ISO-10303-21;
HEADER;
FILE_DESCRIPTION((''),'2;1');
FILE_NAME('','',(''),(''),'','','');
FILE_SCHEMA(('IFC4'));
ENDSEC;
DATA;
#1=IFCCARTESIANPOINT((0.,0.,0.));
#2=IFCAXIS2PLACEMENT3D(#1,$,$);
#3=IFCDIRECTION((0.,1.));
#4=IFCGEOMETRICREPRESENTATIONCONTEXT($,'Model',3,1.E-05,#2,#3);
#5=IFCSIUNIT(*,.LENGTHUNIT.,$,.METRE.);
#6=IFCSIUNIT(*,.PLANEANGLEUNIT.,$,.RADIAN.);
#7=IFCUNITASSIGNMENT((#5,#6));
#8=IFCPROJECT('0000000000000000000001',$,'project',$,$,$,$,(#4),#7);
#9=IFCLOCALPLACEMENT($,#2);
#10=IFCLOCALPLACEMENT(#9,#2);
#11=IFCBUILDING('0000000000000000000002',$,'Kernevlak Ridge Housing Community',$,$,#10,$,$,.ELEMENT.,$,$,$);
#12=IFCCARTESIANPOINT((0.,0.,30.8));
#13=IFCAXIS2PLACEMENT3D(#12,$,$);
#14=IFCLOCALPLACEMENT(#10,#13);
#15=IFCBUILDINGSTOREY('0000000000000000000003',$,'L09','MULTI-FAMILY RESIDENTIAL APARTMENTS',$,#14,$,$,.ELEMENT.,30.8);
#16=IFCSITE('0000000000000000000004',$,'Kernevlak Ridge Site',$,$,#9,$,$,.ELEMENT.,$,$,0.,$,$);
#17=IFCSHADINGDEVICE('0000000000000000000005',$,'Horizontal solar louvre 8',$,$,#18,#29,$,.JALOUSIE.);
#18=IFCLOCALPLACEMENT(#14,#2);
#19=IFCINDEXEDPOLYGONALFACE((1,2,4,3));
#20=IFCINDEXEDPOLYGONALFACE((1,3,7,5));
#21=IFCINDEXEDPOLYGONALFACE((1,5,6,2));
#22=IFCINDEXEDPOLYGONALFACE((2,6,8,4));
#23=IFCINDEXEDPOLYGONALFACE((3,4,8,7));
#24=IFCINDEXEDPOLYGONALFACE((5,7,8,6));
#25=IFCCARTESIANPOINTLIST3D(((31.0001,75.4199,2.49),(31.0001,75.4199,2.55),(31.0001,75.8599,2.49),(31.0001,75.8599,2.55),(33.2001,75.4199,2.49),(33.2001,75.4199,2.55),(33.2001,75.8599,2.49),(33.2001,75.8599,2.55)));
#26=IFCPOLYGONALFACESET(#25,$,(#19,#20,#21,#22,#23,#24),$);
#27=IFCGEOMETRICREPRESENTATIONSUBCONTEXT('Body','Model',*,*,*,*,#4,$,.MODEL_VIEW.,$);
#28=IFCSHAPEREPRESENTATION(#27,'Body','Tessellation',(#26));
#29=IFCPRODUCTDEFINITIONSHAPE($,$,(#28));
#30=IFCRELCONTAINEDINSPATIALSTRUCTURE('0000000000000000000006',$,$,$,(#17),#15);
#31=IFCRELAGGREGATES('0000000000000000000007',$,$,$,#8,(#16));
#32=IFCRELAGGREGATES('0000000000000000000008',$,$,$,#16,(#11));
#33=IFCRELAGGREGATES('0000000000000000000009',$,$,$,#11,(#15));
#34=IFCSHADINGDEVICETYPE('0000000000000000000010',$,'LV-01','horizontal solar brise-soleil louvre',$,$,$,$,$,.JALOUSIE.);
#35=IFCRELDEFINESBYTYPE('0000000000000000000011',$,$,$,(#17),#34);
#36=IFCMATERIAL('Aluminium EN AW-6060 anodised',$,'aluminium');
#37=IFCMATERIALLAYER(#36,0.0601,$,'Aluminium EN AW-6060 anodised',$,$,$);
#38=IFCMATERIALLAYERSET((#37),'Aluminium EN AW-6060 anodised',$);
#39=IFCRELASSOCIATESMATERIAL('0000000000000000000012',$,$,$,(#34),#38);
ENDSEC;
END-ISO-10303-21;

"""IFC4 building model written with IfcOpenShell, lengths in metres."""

from ifc_helpers import new_model, si_unit, direction, frame, origin, origin_2d, place, context, subcontext, project, spatial, rectangle, extrude, material, layer, layer_set, type_object, element, save


model = new_model("IFC4")

# Units and contexts
model_context = context("Model", 3, precision=1e-05, world=origin(), true_north=direction((0.0, 1.0)))
body_context = subcontext(model_context, "Body", "Model", "MODEL_VIEW")
ifc_project = project(units=[si_unit("LENGTHUNIT", "METRE"), si_unit("PLANEANGLEUNIT", "RADIAN")], contexts=[model_context])

# Site, building, storey
site_placement = place(None, origin())
site = spatial("IfcSite", under=ifc_project, at=site_placement, Name="Kernevlak Ridge Site", CompositionType="ELEMENT", RefElevation=0.0)
building_placement = place(site_placement, origin())
building = spatial("IfcBuilding", under=site, at=building_placement, Name="Kernevlak Ridge Housing Community", CompositionType="ELEMENT")
storey_placement = place(building_placement, frame((0.0, 0.0, 30.8)))
storey = spatial("IfcBuildingStorey", under=building, at=storey_placement, Name="L09", Description="MULTI-FAMILY RESIDENTIAL APARTMENTS", CompositionType="ELEMENT", Elevation=30.8)

# Shared definitions
ifc_material_1 = material(Name="Aluminium EN AW-6060 anodised", Category="aluminium")

# Shading device
ifc_layer_1 = layer(ifc_material_1, 0.0601, Name="Aluminium EN AW-6060 anodised")
ifc_layer_set_1 = layer_set([ifc_layer_1], Name="Aluminium EN AW-6060 anodised")
shading_device_type = type_object("IfcShadingDeviceType", Name="LV-01", Description="horizontal solar brise-soleil louvre", PredefinedType="JALOUSIE", material=ifc_layer_set_1)
shading_device_placement = place(storey_placement, frame((32.1001, 75.6399, 2.49), z_axis=(0.0, 0.0, 1.0), x_axis=(1.0, 0.0, 0.0)))
element("IfcShadingDevice", 1, at=shading_device_placement, inside=storey, type_object=shading_device_type, Name="Horizontal solar louvre 8", PredefinedType="JALOUSIE", context=body_context, shape_type="SweptSolid", body=[
    extrude(rectangle(XDim=2.2, YDim=0.4399, at=origin_2d()), origin(), (0.0, 0.0, 1.0), 0.0601),
])

save(model, "model.ifc")
